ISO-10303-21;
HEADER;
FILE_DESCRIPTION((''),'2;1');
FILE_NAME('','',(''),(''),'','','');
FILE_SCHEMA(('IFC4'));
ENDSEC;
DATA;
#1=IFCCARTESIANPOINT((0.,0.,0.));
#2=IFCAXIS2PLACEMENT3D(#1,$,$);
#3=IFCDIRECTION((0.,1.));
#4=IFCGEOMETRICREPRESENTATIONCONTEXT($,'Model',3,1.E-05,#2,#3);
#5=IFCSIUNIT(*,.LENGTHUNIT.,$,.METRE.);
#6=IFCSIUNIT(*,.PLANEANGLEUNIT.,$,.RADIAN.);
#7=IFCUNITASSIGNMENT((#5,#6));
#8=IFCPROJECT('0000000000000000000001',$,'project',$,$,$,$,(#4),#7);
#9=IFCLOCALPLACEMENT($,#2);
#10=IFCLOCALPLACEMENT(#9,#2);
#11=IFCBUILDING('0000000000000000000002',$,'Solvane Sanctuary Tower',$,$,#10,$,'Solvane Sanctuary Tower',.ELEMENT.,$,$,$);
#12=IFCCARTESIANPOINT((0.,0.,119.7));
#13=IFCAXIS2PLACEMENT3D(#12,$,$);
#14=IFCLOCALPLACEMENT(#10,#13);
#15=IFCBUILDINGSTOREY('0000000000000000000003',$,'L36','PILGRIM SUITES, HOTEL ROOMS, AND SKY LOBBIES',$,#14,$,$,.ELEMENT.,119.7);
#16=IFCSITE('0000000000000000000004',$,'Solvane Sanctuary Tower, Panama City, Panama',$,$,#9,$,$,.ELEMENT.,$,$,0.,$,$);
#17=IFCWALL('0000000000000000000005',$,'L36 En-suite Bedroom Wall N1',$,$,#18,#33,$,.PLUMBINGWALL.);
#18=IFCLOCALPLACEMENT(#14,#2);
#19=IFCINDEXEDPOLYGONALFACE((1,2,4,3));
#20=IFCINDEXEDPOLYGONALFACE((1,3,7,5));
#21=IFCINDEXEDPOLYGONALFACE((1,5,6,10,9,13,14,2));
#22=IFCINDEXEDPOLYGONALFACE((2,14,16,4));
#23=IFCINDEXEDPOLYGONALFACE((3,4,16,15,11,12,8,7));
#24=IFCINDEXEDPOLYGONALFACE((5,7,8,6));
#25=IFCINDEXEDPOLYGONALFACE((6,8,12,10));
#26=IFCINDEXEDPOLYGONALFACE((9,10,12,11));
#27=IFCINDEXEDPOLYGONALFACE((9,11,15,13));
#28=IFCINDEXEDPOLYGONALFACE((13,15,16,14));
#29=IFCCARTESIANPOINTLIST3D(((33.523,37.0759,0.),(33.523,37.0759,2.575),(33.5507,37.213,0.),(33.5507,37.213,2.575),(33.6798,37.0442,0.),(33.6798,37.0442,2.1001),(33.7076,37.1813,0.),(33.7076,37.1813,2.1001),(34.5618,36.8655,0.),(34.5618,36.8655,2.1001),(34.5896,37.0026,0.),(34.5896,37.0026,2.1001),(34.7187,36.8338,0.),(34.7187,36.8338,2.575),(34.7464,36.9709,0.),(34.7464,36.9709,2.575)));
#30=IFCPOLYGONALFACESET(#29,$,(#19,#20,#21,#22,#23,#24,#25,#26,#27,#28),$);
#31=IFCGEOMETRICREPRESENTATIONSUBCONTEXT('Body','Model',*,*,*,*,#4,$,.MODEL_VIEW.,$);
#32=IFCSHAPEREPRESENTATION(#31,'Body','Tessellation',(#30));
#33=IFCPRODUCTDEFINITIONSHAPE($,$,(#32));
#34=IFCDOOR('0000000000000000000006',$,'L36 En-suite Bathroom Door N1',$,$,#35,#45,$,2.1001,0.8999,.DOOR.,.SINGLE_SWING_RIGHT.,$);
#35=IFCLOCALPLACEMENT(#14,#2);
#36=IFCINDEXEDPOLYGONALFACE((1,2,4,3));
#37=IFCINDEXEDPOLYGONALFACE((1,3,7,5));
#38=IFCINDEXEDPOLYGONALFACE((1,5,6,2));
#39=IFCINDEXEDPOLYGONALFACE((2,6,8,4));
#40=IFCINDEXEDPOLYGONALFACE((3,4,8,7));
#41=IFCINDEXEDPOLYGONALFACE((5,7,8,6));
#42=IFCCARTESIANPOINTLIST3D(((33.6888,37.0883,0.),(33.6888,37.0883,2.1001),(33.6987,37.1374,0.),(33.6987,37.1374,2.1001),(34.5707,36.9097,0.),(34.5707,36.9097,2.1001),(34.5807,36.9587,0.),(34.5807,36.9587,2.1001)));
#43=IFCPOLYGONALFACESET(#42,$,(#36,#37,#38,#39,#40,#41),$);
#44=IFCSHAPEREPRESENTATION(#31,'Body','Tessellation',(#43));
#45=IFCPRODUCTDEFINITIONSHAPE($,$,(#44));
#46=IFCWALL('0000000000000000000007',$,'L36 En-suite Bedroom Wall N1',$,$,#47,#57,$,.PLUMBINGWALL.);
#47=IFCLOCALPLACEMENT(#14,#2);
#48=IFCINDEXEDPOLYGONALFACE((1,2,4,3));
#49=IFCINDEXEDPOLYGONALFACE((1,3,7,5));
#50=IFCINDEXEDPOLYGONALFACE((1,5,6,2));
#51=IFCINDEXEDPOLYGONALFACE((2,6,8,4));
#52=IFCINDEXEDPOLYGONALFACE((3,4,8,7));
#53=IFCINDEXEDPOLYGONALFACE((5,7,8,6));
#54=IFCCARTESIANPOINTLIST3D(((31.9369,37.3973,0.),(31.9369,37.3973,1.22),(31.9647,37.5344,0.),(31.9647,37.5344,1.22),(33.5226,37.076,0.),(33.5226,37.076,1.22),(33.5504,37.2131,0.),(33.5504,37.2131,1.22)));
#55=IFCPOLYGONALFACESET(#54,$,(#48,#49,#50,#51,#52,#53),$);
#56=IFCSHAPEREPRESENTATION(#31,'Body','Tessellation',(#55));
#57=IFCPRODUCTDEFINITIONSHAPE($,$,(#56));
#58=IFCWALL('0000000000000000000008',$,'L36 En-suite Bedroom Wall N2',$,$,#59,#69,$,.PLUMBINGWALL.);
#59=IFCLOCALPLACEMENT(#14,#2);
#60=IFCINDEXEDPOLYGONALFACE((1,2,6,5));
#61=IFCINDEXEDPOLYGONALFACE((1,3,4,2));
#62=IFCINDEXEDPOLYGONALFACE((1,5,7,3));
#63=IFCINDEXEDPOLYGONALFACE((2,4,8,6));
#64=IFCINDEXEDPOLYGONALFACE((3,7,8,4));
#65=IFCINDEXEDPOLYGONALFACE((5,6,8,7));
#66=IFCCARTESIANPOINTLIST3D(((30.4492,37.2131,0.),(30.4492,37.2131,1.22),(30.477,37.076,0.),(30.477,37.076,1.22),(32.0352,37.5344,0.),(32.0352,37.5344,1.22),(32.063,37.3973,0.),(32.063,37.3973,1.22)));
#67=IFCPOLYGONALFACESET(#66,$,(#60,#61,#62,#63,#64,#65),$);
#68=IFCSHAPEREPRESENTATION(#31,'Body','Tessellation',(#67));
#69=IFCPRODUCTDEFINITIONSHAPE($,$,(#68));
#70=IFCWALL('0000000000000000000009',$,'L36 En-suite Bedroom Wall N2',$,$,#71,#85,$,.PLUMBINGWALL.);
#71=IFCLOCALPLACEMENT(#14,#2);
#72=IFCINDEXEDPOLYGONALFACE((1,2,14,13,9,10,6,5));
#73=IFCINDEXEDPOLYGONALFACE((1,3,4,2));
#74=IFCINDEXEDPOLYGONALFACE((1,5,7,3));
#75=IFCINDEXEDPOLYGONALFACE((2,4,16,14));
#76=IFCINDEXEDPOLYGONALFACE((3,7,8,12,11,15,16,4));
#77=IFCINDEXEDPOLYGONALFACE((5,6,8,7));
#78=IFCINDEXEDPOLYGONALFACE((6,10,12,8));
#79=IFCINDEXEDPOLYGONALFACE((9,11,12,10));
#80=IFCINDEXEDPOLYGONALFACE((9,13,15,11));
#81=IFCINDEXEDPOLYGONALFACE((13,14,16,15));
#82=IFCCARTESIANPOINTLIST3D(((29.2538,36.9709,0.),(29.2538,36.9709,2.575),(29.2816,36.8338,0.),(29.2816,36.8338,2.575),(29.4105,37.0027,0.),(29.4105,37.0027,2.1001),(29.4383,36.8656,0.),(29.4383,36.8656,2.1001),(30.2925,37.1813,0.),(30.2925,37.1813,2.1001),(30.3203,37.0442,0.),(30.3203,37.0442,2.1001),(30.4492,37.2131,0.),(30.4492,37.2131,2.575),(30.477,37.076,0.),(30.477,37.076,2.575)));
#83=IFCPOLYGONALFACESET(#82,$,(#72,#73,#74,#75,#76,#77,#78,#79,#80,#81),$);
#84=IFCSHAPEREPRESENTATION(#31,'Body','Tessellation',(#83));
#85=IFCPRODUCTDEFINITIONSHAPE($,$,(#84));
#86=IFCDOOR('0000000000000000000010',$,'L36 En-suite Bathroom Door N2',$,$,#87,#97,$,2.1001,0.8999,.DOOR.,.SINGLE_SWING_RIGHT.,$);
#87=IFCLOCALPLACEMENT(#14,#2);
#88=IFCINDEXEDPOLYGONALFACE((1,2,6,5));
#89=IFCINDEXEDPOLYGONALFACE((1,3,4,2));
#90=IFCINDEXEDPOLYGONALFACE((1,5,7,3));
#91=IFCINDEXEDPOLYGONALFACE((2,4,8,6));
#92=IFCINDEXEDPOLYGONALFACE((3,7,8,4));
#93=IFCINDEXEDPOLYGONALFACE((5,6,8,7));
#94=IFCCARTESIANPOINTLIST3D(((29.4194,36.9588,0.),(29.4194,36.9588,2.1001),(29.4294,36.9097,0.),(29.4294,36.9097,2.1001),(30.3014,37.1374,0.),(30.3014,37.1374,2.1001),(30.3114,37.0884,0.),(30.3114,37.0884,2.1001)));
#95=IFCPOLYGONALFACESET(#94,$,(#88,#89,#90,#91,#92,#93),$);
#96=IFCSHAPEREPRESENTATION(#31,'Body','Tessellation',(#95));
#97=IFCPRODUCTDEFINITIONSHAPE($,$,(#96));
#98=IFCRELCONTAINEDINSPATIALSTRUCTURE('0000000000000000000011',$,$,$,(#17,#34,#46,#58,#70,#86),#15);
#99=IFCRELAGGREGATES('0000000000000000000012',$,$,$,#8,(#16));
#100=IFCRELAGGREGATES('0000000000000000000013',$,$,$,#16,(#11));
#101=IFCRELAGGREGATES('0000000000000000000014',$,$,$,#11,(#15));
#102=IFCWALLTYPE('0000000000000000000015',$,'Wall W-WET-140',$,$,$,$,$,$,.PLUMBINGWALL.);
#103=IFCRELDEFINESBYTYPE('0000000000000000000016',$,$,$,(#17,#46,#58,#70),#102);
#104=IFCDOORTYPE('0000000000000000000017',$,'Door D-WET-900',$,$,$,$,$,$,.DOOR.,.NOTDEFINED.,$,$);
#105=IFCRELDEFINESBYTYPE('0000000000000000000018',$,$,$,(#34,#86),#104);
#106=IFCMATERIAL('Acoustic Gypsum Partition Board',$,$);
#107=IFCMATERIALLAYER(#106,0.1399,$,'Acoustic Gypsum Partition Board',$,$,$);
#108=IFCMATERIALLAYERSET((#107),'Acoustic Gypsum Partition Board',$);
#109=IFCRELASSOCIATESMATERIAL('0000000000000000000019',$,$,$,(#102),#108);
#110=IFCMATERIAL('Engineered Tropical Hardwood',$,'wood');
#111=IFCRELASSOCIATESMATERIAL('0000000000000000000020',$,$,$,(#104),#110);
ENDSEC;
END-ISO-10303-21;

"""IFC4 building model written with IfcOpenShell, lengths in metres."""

from ifc_helpers import new_model, si_unit, direction, frame, frame_2d, origin, place, context, subcontext, project, spatial, rectangle, extrude, material, layer, layer_set, type_object, element, fill, save


model = new_model("IFC4")

# Units and contexts
model_context = context("Model", 3, precision=1e-05, world=origin(), true_north=direction((0.0, 1.0)))
body_context = subcontext(model_context, "Body", "Model", "MODEL_VIEW")
ifc_project = project(units=[si_unit("LENGTHUNIT", "METRE"), si_unit("PLANEANGLEUNIT", "RADIAN")], contexts=[model_context])

# Site, building, storey
site_placement = place(None, origin())
site = spatial("IfcSite", under=ifc_project, at=site_placement, Name="Solvane Sanctuary Tower, Panama City, Panama", CompositionType="ELEMENT", RefElevation=0.0)
building_placement = place(site_placement, origin())
building = spatial("IfcBuilding", under=site, at=building_placement, Name="Solvane Sanctuary Tower", LongName="Solvane Sanctuary Tower", CompositionType="ELEMENT")
storey_placement = place(building_placement, frame((0.0, 0.0, 119.7)))
storey = spatial("IfcBuildingStorey", under=building, at=storey_placement, Name="L36", Description="PILGRIM SUITES, HOTEL ROOMS, AND SKY LOBBIES", CompositionType="ELEMENT", Elevation=119.7)

# Shared definitions
ifc_material_1 = material(Name="Acoustic Gypsum Partition Board")

# Shared definitions
ifc_material_2 = material(Name="Engineered Tropical Hardwood", Category="wood")

# Shared definitions
ifc_layer_1 = layer(ifc_material_1, 0.1399, Name="Acoustic Gypsum Partition Board")
ifc_layer_set_1 = layer_set([ifc_layer_1], Name="Acoustic Gypsum Partition Board")
wall_type_1 = type_object("IfcWallType", Name="Wall W-WET-140", PredefinedType="PLUMBINGWALL", material=ifc_layer_set_1)

# Wall, opening, door
wall_1_placement = place(storey_placement, frame((34.7324, 36.9023, 0.0), z_axis=(0.0, 0.0, 1.0), x_axis=(-0.980101, 0.198501, 0.0)))
wall_1 = element("IfcWall", 1, at=wall_1_placement, inside=storey, type_object=wall_type_1, Name="L36 En-suite Bedroom Wall N1", PredefinedType="PLUMBINGWALL", context=body_context, shape_type="SweptSolid", body=[
    extrude(rectangle(XDim=1.22, YDim=0.1399, at=frame_2d((0.6099, 0.0))), origin(), (0.0, 0.0, 1.0), 2.575),
])
opening_1_placement = place(wall_1_placement, frame((0.1599, 0.0, 0.0)))
opening_1 = element("IfcOpeningElement", 2, at=opening_1_placement, cuts=wall_1, PredefinedType="OPENING", context=body_context, shape_type="SweptSolid", body=[
    extrude(rectangle(XDim=0.8999, YDim=2.1001, at=frame_2d((0.45, 1.05))), frame((0.0, 0.0798, 0.0), z_axis=(0.0, -1.0, 0.0), x_axis=(1.0, 0.0, 0.0)), (0.0, 0.0, 1.0), 0.1599),
])
door_type_1 = type_object("IfcDoorType", Name="Door D-WET-900", OperationType="NOTDEFINED", PredefinedType="DOOR", material=ifc_material_2)
door_1_placement = place(opening_1_placement, origin())
door_1 = element("IfcDoor", 3, at=door_1_placement, inside=storey, type_object=door_type_1, Name="L36 En-suite Bathroom Door N1", OperationType="SINGLE_SWING_RIGHT", OverallHeight=2.1001, OverallWidth=0.8999, PredefinedType="DOOR", context=body_context, shape_type="SweptSolid", body=[
    extrude(rectangle(XDim=0.8999, YDim=2.1001, at=frame_2d((0.45, 1.05))), frame((0.0, 0.0249, 0.0), z_axis=(0.0, -1.0, 0.0), x_axis=(1.0, 0.0, 0.0)), (0.0, 0.0, 1.0), 0.05),
])
fill(opening_1, door_1)

# Walls
wall_2_placement = place(storey_placement, frame((33.5366, 37.1445, 0.0), z_axis=(0.0, 0.0, 1.0), x_axis=(-0.980084, 0.198582, 0.0)))
element("IfcWall", 4, at=wall_2_placement, inside=storey, type_object=wall_type_1, Name="L36 En-suite Bedroom Wall N1", PredefinedType="PLUMBINGWALL", context=body_context, shape_type="SweptSolid", body=[
    extrude(rectangle(XDim=1.6179, YDim=0.1399, at=frame_2d((0.8091, 0.0))), origin(), (0.0, 0.0, 1.0), 1.22),
])
wall_3_placement = place(storey_placement, frame((32.0491, 37.4658, 0.0), z_axis=(0.0, 0.0, 1.0), x_axis=(-0.98009, -0.198553, 0.0)))
element("IfcWall", 5, at=wall_3_placement, inside=storey, type_object=wall_type_1, Name="L36 En-suite Bedroom Wall N2", PredefinedType="PLUMBINGWALL", context=body_context, shape_type="SweptSolid", body=[
    extrude(rectangle(XDim=1.6182, YDim=0.1399, at=frame_2d((0.8091, 0.0))), origin(), (0.0, 0.0, 1.0), 1.22),
])

# Wall, opening, door
wall_4_placement = place(storey_placement, frame((30.4631, 37.1445, 0.0), z_axis=(0.0, 0.0, 1.0), x_axis=(-0.980093, -0.19854, 0.0)))
wall_4 = element("IfcWall", 6, at=wall_4_placement, inside=storey, type_object=wall_type_1, Name="L36 En-suite Bedroom Wall N2", PredefinedType="PLUMBINGWALL", context=body_context, shape_type="SweptSolid", body=[
    extrude(rectangle(XDim=1.2197, YDim=0.1399, at=frame_2d((0.6099, 0.0))), origin(), (0.0, 0.0, 1.0), 2.575),
])
opening_2_placement = place(wall_4_placement, frame((0.1599, 0.0, 0.0)))
opening_2 = element("IfcOpeningElement", 7, at=opening_2_placement, cuts=wall_4, PredefinedType="OPENING", context=body_context, shape_type="SweptSolid", body=[
    extrude(rectangle(XDim=0.8999, YDim=2.1001, at=frame_2d((0.45, 1.05))), frame((0.0, 0.0798, 0.0), z_axis=(0.0, -1.0, 0.0), x_axis=(1.0, 0.0, 0.0)), (0.0, 0.0, 1.0), 0.1599),
])
door_2_placement = place(opening_2_placement, origin())
door_2 = element("IfcDoor", 8, at=door_2_placement, inside=storey, type_object=door_type_1, Name="L36 En-suite Bathroom Door N2", OperationType="SINGLE_SWING_RIGHT", OverallHeight=2.1001, OverallWidth=0.8999, PredefinedType="DOOR", context=body_context, shape_type="SweptSolid", body=[
    extrude(rectangle(XDim=0.8999, YDim=2.1001, at=frame_2d((0.45, 1.05))), frame((0.0, 0.0249, 0.0), z_axis=(0.0, -1.0, 0.0), x_axis=(1.0, 0.0, 0.0)), (0.0, 0.0, 1.0), 0.05),
])
fill(opening_2, door_2)

save(model, "model.ifc")
